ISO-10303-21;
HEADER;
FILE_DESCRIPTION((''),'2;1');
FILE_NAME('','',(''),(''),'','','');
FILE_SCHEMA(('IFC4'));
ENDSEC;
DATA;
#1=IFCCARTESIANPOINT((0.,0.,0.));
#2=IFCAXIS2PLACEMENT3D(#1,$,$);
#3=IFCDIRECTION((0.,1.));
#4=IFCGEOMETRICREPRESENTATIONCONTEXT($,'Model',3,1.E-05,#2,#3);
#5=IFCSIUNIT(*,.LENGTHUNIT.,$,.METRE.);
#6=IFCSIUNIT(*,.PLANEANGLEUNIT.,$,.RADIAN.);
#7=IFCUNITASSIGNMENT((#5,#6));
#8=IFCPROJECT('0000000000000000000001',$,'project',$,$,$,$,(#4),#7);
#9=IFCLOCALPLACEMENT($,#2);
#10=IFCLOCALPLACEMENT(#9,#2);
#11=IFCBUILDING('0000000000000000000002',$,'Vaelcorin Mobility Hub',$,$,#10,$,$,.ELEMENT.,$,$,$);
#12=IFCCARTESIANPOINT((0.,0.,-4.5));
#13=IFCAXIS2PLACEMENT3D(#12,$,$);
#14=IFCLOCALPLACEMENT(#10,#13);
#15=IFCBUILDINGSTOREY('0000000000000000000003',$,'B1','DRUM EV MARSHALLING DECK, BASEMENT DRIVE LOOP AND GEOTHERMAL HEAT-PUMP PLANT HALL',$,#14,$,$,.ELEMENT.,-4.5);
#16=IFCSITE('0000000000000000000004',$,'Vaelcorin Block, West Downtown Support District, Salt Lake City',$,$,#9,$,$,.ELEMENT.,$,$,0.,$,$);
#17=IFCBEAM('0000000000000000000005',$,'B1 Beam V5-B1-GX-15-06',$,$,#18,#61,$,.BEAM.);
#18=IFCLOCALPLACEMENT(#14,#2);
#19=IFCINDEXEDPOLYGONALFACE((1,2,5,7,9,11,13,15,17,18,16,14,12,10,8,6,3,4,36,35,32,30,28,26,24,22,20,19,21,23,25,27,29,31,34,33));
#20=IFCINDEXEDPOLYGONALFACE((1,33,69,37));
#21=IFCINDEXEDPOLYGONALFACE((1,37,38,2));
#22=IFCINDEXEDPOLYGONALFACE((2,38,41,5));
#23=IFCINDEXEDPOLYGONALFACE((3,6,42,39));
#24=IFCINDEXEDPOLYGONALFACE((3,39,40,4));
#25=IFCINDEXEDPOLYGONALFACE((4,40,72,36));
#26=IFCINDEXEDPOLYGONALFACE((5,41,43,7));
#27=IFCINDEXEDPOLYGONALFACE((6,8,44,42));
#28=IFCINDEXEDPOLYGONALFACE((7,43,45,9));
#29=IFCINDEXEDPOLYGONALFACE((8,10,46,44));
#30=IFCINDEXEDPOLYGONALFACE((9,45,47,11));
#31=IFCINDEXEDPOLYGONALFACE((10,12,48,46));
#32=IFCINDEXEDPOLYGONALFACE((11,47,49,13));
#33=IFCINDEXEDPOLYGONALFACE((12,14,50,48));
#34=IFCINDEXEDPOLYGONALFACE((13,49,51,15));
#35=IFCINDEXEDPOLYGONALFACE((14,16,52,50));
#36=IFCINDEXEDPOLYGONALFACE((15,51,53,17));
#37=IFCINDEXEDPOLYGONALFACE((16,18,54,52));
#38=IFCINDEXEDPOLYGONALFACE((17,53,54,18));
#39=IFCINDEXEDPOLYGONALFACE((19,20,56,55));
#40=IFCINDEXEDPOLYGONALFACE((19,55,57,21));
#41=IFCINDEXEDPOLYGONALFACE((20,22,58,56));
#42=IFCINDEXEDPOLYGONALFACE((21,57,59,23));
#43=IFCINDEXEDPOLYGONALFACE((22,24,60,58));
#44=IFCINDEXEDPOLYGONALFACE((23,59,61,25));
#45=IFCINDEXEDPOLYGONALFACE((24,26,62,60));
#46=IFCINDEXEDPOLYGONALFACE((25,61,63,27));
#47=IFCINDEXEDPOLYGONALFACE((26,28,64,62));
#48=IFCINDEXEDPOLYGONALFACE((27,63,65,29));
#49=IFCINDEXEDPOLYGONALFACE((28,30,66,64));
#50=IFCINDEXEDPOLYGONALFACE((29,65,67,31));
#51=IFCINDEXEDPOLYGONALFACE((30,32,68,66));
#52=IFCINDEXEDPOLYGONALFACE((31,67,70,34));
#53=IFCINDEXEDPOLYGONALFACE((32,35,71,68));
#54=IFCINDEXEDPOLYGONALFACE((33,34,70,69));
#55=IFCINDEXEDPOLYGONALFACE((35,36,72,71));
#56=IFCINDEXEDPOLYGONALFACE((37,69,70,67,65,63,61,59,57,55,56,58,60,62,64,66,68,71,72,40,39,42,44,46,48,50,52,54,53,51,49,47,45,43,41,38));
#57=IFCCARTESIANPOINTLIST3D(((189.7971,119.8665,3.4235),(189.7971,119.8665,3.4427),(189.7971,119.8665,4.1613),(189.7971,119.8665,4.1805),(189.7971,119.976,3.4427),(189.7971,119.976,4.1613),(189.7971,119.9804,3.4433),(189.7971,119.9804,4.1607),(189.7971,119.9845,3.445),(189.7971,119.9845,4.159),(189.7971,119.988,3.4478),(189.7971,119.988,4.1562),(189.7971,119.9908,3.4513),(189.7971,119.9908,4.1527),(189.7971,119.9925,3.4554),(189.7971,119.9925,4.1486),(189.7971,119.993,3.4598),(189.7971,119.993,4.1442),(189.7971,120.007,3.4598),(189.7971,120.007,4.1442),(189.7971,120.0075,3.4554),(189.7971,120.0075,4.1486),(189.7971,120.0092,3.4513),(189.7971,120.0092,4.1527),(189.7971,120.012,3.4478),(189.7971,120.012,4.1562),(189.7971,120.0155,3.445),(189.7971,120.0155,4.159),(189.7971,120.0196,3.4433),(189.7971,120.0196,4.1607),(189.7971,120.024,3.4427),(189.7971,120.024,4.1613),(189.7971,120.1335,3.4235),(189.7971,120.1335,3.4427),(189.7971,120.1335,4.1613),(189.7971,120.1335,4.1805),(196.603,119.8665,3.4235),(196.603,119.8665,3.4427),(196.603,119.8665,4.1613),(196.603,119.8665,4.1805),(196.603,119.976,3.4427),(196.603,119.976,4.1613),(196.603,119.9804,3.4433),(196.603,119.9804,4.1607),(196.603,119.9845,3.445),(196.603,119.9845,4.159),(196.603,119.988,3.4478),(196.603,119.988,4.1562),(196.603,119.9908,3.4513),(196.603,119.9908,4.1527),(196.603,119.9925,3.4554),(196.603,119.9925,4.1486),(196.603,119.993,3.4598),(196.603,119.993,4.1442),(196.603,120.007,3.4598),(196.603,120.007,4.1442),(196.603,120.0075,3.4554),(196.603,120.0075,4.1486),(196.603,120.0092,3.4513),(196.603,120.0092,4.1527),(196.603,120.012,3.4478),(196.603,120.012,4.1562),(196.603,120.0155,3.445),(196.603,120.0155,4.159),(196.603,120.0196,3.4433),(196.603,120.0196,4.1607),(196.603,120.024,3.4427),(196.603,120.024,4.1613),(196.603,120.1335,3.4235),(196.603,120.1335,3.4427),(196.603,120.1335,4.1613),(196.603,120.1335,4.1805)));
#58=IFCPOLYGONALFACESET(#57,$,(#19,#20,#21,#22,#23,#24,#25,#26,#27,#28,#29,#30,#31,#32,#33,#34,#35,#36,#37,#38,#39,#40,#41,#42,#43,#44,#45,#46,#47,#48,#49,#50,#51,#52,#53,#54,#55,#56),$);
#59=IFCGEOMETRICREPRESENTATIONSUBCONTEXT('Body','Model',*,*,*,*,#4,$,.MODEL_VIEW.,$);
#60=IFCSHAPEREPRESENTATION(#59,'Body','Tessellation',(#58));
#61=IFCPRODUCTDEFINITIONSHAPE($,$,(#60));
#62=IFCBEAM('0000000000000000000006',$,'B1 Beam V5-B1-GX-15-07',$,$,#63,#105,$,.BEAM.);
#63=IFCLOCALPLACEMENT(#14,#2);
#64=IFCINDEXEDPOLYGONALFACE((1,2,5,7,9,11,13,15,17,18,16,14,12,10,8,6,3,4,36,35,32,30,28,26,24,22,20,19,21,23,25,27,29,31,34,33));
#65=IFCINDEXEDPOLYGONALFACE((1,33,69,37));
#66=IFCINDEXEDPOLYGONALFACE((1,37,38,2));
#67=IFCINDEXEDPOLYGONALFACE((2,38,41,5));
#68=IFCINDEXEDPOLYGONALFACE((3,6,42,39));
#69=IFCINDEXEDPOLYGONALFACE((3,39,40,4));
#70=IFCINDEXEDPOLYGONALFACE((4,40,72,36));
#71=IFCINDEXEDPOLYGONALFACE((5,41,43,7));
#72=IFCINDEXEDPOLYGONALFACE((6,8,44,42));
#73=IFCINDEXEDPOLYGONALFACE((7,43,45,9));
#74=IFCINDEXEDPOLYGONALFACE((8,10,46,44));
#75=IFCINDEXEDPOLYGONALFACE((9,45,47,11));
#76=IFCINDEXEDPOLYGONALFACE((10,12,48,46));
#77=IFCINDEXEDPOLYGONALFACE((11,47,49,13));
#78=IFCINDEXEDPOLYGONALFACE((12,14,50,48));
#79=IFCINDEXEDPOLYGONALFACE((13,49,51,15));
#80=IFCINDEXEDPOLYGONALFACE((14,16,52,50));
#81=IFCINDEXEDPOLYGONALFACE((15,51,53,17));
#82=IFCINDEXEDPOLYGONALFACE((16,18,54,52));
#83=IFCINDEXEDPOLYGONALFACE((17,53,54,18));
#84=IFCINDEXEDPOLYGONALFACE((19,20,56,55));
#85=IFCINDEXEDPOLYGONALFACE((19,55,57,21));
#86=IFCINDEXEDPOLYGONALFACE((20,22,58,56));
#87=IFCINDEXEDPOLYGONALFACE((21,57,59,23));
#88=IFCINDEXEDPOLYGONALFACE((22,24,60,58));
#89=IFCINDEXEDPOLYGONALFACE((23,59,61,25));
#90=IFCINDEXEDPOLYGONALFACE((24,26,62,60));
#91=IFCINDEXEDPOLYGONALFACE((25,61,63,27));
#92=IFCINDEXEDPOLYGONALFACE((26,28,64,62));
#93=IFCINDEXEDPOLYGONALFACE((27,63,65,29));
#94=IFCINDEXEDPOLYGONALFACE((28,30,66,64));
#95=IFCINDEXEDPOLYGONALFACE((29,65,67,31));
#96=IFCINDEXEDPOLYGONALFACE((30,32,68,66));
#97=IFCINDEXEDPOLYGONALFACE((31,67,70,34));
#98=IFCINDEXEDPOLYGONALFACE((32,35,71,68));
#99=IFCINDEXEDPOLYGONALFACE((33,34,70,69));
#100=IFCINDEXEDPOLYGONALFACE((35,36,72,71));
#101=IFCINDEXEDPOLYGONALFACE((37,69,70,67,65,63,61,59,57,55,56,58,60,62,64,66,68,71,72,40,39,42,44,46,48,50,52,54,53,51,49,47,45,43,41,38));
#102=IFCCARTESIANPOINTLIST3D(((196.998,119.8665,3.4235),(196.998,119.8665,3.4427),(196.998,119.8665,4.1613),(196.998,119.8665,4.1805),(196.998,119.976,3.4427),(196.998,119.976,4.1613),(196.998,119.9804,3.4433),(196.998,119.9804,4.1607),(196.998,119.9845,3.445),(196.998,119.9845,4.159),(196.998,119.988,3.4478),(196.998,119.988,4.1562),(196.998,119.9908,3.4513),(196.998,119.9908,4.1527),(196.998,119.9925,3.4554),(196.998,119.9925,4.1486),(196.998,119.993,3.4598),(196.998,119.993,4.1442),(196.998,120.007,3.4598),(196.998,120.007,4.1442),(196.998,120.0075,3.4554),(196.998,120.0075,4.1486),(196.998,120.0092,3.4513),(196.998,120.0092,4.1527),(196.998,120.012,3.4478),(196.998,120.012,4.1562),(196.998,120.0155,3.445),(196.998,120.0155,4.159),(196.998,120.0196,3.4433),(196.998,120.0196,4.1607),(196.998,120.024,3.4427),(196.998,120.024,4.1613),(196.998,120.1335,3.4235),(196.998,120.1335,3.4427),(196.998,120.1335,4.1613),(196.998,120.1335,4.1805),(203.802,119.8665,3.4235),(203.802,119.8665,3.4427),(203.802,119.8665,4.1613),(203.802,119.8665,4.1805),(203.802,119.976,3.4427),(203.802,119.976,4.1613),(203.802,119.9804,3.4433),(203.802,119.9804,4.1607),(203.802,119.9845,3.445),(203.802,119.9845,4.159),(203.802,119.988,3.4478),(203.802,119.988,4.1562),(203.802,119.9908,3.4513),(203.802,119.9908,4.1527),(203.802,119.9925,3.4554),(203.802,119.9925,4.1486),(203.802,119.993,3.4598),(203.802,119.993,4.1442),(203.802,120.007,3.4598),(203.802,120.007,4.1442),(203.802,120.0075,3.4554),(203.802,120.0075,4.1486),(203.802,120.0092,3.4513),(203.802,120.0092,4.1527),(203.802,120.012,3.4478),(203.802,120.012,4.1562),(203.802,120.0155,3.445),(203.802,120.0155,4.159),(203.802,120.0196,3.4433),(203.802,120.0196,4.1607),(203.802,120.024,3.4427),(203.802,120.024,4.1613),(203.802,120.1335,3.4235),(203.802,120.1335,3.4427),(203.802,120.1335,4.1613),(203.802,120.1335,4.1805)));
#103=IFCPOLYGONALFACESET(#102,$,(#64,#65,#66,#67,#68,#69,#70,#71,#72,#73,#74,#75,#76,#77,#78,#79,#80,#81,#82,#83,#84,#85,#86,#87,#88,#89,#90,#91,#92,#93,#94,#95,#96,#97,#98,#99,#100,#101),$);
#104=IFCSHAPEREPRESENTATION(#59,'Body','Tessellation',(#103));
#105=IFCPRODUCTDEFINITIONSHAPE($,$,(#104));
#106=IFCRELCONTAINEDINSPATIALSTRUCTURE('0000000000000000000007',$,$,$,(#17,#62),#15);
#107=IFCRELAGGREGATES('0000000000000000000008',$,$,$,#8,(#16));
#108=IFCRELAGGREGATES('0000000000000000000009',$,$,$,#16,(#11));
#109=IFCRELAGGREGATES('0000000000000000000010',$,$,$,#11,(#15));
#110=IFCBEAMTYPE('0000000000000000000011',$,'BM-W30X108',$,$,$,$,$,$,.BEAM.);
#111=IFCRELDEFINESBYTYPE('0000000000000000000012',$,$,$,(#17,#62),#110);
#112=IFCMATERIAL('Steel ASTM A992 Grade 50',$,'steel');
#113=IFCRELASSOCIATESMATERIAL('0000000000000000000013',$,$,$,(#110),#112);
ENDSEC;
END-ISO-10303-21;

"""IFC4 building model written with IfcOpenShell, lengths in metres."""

from ifc_helpers import new_model, si_unit, direction, frame, origin, origin_2d, place, context, subcontext, project, spatial, i_section, extrude, material, material_profile, profile_set, type_object, element, save


model = new_model("IFC4")

# Units and contexts
model_context = context("Model", 3, precision=1e-05, world=origin(), true_north=direction((0.0, 1.0)))
body_context = subcontext(model_context, "Body", "Model", "MODEL_VIEW")
ifc_project = project(units=[si_unit("LENGTHUNIT", "METRE"), si_unit("PLANEANGLEUNIT", "RADIAN")], contexts=[model_context])

# Site, building, storey
site_placement = place(None, origin())
site = spatial("IfcSite", under=ifc_project, at=site_placement, Name="Vaelcorin Block, West Downtown Support District, Salt Lake City", CompositionType="ELEMENT", RefElevation=0.0)
building_placement = place(site_placement, origin())
building = spatial("IfcBuilding", under=site, at=building_placement, Name="Vaelcorin Mobility Hub", CompositionType="ELEMENT")
storey_placement = place(building_placement, frame((0.0, 0.0, -4.5)))
storey = spatial("IfcBuildingStorey", under=building, at=storey_placement, Name="B1", Description="DRUM EV MARSHALLING DECK, BASEMENT DRIVE LOOP AND GEOTHERMAL HEAT-PUMP PLANT HALL", CompositionType="ELEMENT", Elevation=-4.5)

# Shared definitions
ifc_material_1 = material(Name="Steel ASTM A992 Grade 50", Category="steel")

# Beams
ifc_material_profile_1 = material_profile(ifc_material_1, i_section(OverallWidth=0.2671, OverallDepth=0.7571, WebThickness=0.0139, FlangeThickness=0.0193, FilletRadius=0.0171, at=origin_2d()), Name="W30X108")
ifc_profile_set_1 = profile_set([ifc_material_profile_1], Name="Steel ASTM A992 Grade 50")
beam_type_1 = type_object("IfcBeamType", Name="BM-W30X108", PredefinedType="BEAM", material=ifc_profile_set_1)
beam_1_placement = place(storey_placement, frame((189.7971, 120.0, 3.802), z_axis=(1.0, 0.0, 0.0), x_axis=(0.0, 1.0, 0.0)))
element("IfcBeam", 1, at=beam_1_placement, inside=storey, type_object=beam_type_1, Name="B1 Beam V5-B1-GX-15-06", PredefinedType="BEAM", context=body_context, shape_type="SweptSolid", body=[
    extrude(i_section(OverallWidth=0.2671, OverallDepth=0.7571, WebThickness=0.0139, FlangeThickness=0.0193, FilletRadius=0.0171, at=origin_2d()), origin(), (0.0, 0.0, 1.0), 6.8059),
])
beam_2_placement = place(storey_placement, frame((196.998, 120.0, 3.802), z_axis=(1.0, 0.0, 0.0), x_axis=(0.0, 1.0, 0.0)))
element("IfcBeam", 2, at=beam_2_placement, inside=storey, type_object=beam_type_1, Name="B1 Beam V5-B1-GX-15-07", PredefinedType="BEAM", context=body_context, shape_type="SweptSolid", body=[
    extrude(i_section(OverallWidth=0.2671, OverallDepth=0.7571, WebThickness=0.0139, FlangeThickness=0.0193, FilletRadius=0.0171, at=origin_2d()), origin(), (0.0, 0.0, 1.0), 6.804),
])

save(model, "model.ifc")
